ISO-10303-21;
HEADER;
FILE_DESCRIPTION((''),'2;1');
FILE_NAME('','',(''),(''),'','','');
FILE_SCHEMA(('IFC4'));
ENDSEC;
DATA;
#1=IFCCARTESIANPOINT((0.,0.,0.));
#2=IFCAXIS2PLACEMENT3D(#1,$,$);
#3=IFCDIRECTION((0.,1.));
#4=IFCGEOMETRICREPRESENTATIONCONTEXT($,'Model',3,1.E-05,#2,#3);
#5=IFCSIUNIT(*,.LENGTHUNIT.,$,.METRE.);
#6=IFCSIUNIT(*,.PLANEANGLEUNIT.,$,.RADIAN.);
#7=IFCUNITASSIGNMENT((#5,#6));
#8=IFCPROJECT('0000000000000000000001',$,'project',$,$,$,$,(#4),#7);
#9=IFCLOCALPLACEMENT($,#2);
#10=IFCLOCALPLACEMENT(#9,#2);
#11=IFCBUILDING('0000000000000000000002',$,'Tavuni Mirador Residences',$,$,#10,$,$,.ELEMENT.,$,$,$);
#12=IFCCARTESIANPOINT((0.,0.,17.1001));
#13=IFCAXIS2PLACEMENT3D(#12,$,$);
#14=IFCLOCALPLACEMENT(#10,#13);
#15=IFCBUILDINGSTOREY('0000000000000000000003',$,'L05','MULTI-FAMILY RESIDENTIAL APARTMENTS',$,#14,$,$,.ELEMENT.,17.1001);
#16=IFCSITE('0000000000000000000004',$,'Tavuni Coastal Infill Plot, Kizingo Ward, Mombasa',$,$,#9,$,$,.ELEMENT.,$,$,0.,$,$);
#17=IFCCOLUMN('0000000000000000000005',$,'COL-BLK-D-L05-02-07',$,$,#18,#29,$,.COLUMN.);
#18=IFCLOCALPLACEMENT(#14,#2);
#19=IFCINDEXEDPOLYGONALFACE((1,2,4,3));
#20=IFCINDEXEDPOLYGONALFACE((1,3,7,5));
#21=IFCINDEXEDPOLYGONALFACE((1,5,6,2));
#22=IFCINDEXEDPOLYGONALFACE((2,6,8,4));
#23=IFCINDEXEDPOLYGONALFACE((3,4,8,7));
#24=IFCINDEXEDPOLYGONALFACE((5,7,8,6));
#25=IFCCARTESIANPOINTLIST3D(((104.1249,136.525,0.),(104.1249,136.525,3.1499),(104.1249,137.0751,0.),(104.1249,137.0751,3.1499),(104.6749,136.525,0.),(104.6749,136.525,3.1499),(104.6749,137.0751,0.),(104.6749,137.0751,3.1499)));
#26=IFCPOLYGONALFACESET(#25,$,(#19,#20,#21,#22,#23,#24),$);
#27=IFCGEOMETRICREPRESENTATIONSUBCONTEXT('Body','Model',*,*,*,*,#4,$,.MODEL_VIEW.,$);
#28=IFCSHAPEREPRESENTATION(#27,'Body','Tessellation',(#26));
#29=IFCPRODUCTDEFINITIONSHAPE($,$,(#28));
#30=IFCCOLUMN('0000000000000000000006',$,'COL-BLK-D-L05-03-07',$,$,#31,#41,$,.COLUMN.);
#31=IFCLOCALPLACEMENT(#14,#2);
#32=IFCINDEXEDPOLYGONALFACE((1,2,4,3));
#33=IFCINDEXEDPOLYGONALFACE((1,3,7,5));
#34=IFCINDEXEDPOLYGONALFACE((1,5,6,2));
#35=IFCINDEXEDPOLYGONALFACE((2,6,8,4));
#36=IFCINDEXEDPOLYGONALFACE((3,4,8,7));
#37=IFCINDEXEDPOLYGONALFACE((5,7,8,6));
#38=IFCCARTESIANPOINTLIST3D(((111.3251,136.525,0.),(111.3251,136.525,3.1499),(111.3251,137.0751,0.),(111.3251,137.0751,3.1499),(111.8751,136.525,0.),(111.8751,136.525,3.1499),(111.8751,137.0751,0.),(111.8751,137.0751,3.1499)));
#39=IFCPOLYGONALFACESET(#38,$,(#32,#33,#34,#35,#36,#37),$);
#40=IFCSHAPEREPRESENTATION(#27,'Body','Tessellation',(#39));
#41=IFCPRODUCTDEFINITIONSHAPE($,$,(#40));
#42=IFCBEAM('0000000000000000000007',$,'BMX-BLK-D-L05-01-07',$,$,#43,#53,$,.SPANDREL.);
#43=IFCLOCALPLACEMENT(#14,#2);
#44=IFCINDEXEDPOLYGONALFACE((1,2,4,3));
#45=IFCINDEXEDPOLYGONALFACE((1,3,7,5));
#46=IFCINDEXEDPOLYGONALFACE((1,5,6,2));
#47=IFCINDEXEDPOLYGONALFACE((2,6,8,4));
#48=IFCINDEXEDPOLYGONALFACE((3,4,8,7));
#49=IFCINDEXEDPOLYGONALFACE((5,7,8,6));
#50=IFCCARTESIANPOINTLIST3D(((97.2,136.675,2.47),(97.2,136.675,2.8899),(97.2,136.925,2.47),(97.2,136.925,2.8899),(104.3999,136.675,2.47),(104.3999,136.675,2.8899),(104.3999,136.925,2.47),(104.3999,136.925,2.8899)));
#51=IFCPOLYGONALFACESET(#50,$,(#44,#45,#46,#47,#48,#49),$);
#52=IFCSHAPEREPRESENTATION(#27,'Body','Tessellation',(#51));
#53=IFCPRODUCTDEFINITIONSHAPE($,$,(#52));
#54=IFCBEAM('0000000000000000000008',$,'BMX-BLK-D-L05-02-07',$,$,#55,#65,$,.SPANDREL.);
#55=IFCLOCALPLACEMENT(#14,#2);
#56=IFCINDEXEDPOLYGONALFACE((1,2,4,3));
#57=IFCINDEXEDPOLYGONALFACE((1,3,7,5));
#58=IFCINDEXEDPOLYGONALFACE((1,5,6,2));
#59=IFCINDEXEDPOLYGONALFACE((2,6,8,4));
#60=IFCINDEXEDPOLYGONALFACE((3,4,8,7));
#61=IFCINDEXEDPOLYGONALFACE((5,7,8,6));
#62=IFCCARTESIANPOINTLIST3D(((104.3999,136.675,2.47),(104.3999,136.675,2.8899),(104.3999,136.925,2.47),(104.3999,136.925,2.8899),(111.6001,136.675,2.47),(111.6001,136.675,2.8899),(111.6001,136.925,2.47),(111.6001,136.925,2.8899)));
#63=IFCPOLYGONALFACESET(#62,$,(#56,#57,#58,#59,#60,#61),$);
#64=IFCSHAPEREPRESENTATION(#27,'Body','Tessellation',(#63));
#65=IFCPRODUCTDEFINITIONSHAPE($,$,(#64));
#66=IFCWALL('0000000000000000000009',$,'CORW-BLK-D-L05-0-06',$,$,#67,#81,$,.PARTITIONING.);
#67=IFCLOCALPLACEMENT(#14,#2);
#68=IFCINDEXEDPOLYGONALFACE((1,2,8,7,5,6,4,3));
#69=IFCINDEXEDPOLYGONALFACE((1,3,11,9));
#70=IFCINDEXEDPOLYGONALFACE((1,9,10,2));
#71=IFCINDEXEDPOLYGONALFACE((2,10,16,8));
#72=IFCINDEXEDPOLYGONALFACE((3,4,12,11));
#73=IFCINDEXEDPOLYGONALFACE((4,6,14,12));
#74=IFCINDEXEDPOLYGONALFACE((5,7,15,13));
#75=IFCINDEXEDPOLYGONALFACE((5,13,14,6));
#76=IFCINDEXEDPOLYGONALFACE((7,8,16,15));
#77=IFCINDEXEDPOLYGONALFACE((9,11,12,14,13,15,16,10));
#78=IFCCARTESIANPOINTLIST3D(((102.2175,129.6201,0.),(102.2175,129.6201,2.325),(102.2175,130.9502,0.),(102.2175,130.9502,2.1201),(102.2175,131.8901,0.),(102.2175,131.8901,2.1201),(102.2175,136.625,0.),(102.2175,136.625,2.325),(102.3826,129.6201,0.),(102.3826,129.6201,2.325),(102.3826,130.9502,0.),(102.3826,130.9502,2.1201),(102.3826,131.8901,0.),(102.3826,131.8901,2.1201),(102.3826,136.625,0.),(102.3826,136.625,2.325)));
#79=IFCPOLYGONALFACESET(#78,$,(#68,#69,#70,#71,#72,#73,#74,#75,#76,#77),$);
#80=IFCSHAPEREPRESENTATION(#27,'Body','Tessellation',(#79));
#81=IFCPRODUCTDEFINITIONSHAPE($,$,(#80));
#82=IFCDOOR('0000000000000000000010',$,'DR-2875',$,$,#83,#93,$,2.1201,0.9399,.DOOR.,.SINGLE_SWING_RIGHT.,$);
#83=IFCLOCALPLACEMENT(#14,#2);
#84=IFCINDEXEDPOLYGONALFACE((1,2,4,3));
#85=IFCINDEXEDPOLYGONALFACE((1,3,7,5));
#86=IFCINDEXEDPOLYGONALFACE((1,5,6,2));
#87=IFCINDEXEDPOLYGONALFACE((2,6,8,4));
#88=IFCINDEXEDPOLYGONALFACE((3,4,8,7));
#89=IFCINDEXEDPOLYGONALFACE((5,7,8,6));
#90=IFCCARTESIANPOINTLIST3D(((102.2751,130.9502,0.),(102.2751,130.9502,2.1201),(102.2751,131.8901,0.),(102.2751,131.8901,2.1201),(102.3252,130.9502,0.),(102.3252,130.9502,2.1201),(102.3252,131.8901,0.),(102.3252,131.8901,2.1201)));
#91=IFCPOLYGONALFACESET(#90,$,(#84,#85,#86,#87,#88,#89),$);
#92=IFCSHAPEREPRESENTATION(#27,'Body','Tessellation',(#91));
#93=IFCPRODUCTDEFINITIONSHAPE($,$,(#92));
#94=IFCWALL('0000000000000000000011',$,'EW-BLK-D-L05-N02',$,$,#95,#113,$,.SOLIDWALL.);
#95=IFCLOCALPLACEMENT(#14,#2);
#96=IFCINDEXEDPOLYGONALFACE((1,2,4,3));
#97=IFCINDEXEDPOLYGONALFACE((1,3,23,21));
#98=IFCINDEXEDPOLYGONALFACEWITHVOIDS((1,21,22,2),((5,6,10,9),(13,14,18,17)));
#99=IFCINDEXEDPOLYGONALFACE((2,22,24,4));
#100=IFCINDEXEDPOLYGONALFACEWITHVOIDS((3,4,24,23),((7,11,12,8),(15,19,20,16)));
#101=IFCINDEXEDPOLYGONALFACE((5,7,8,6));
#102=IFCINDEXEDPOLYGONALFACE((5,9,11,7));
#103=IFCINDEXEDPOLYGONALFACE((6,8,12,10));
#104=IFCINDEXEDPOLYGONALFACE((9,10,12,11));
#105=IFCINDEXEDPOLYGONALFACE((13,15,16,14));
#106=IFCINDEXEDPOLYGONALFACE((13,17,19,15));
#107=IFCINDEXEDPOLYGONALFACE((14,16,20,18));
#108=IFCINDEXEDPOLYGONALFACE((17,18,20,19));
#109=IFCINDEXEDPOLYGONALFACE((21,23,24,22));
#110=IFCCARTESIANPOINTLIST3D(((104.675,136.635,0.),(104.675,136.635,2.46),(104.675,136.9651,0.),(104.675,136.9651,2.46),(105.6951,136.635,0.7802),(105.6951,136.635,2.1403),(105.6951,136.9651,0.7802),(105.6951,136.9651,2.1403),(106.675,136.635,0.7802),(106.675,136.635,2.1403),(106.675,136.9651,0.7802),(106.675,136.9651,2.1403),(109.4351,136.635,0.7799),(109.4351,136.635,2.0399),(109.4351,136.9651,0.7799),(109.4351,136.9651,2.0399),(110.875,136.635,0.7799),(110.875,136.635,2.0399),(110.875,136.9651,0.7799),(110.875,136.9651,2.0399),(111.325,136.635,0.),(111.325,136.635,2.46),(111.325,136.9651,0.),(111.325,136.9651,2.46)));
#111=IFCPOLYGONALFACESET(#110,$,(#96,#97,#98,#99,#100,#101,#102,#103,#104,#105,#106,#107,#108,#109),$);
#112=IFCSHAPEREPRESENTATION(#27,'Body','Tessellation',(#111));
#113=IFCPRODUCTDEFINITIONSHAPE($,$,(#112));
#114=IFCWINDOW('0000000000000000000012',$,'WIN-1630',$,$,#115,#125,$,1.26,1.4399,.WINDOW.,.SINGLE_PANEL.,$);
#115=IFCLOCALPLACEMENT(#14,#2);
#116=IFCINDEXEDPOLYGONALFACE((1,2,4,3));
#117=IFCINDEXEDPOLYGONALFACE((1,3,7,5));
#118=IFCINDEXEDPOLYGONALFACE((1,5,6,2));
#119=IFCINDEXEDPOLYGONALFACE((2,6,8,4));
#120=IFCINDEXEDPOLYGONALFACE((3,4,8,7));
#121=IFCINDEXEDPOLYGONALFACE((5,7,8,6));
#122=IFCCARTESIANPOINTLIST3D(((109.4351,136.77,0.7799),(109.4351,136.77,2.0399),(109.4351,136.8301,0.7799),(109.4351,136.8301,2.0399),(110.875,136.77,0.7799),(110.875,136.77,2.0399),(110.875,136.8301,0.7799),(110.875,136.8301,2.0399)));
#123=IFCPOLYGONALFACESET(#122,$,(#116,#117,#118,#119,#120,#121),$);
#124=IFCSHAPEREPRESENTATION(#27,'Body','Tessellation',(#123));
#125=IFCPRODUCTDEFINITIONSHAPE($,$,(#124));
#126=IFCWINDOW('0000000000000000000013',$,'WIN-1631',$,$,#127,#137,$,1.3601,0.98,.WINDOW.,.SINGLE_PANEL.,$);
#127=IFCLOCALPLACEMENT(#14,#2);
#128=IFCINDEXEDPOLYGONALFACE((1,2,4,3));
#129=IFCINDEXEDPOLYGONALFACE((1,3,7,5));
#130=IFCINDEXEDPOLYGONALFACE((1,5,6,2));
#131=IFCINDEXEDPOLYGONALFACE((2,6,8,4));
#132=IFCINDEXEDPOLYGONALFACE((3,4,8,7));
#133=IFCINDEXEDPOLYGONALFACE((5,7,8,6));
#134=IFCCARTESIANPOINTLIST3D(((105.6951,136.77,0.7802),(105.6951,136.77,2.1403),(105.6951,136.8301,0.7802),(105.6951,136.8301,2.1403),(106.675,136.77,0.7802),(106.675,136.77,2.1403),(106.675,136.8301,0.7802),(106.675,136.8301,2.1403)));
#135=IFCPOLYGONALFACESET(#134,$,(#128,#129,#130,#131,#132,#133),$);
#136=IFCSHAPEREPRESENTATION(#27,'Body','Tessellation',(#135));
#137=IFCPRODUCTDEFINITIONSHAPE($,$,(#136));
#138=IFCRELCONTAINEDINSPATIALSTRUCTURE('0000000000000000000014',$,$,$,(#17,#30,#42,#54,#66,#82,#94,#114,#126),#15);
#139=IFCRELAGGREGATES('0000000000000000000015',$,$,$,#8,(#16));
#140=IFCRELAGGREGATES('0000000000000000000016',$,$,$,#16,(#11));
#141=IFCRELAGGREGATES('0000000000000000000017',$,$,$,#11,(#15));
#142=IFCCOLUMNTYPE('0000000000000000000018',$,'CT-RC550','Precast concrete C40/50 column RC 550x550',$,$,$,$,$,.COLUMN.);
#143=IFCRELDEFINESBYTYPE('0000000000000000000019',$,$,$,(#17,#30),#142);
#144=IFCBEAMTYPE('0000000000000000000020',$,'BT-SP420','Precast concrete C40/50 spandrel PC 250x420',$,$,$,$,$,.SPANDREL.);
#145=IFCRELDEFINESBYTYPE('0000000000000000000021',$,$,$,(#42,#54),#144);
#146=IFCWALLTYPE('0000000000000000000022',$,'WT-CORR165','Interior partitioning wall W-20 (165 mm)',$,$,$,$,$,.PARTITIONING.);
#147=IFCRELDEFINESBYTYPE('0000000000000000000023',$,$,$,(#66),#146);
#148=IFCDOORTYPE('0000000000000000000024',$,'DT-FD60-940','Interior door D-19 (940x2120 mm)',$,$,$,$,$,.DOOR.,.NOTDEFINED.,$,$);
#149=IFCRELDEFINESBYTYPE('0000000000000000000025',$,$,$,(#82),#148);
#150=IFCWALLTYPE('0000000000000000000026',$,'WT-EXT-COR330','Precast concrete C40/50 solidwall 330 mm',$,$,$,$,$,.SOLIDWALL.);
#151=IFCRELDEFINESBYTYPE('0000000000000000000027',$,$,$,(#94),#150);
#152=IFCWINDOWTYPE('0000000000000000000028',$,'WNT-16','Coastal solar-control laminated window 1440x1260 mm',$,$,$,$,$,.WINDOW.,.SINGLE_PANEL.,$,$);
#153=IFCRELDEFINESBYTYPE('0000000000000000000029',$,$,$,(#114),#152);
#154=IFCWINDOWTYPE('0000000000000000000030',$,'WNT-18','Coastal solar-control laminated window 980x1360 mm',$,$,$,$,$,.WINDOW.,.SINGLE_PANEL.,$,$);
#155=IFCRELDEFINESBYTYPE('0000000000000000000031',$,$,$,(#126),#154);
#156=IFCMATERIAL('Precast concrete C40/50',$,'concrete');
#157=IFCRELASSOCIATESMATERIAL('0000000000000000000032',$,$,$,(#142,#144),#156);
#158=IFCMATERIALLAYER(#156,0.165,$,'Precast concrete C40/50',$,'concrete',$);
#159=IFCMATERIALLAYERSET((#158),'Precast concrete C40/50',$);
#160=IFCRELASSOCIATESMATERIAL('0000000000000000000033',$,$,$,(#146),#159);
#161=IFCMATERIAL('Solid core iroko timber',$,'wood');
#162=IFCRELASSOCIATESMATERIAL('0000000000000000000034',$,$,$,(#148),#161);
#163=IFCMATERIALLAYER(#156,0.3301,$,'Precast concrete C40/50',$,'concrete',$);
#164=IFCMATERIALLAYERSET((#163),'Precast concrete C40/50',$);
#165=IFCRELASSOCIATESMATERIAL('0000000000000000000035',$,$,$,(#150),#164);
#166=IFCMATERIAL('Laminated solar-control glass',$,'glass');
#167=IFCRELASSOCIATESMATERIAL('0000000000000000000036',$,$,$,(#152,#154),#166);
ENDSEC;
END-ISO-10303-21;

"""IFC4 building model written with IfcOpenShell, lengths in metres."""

from ifc_helpers import new_model, si_unit, direction, frame, frame_2d, origin, origin_2d, place, context, subcontext, project, spatial, rectangle, extrude, material, layer, layer_set, material_profile, profile_set, type_object, element, fill, save


model = new_model("IFC4")

# Units and contexts
model_context = context("Model", 3, precision=1e-05, world=origin(), true_north=direction((0.0, 1.0)))
body_context = subcontext(model_context, "Body", "Model", "MODEL_VIEW")
ifc_project = project(units=[si_unit("LENGTHUNIT", "METRE"), si_unit("PLANEANGLEUNIT", "RADIAN")], contexts=[model_context])

# Site, building, storey
site_placement = place(None, origin())
site = spatial("IfcSite", under=ifc_project, at=site_placement, Name="Tavuni Coastal Infill Plot, Kizingo Ward, Mombasa", CompositionType="ELEMENT", RefElevation=0.0)
building_placement = place(site_placement, origin())
building = spatial("IfcBuilding", under=site, at=building_placement, Name="Tavuni Mirador Residences", CompositionType="ELEMENT")
storey_placement = place(building_placement, frame((0.0, 0.0, 17.1001)))
storey = spatial("IfcBuildingStorey", under=building, at=storey_placement, Name="L05", Description="MULTI-FAMILY RESIDENTIAL APARTMENTS", CompositionType="ELEMENT", Elevation=17.1001)

# Columns
ifc_material_1 = material(Name="Precast concrete C40/50", Category="concrete")
ifc_material_profile_1 = material_profile(ifc_material_1, rectangle(XDim=0.55, YDim=0.55, at=origin_2d()), Name="RC 550x550", Category="concrete")
ifc_profile_set_1 = profile_set([ifc_material_profile_1], Name="Precast concrete C40/50")
column_type = type_object("IfcColumnType", Name="CT-RC550", Description="Precast concrete C40/50 column RC 550x550", PredefinedType="COLUMN", material=ifc_profile_set_1)
for number, where, z_axis, x_axis, name in (
    (1, (104.3999, 136.8, 0.0), (0.0, 0.0, 1.0), (1.0, 0.0, 0.0), "COL-BLK-D-L05-02-07"),
    (2, (111.6001, 136.8, 0.0), (0.0, 0.0, 1.0), (1.0, 0.0, 0.0), "COL-BLK-D-L05-03-07"),
):
    element("IfcColumn", number, at=place(storey_placement, frame(where, z_axis=z_axis, x_axis=x_axis)), inside=storey, type_object=column_type, Name=name, PredefinedType="COLUMN", context=body_context, shape_type="SweptSolid", body=[
        extrude(rectangle(XDim=0.55, YDim=0.55, at=origin_2d()), origin(), (0.0, 0.0, 1.0), 3.1499),
    ])

# Beams
ifc_material_profile_2 = material_profile(ifc_material_1, rectangle(XDim=0.25, YDim=0.4199, at=origin_2d()), Name="PC 250x420", Category="concrete")
ifc_profile_set_2 = profile_set([ifc_material_profile_2], Name="Precast concrete C40/50")
beam_type = type_object("IfcBeamType", Name="BT-SP420", Description="Precast concrete C40/50 spandrel PC 250x420", PredefinedType="SPANDREL", material=ifc_profile_set_2)
beam_1_placement = place(storey_placement, frame((97.2, 136.8, 2.6799), z_axis=(1.0, 0.0, 0.0), x_axis=(0.0, 1.0, 0.0)))
element("IfcBeam", 3, at=beam_1_placement, inside=storey, type_object=beam_type, Name="BMX-BLK-D-L05-01-07", PredefinedType="SPANDREL", context=body_context, shape_type="SweptSolid", body=[
    extrude(rectangle(XDim=0.25, YDim=0.4199, at=origin_2d()), origin(), (0.0, 0.0, 1.0), 7.2),
])
beam_2_placement = place(storey_placement, frame((104.3999, 136.8, 2.6799), z_axis=(1.0, 0.0, 0.0), x_axis=(0.0, 1.0, 0.0)))
element("IfcBeam", 4, at=beam_2_placement, inside=storey, type_object=beam_type, Name="BMX-BLK-D-L05-02-07", PredefinedType="SPANDREL", context=body_context, shape_type="SweptSolid", body=[
    extrude(rectangle(XDim=0.25, YDim=0.4199, at=origin_2d()), origin(), (0.0, 0.0, 1.0), 7.2002),
])

# Wall, opening, door
ifc_layer_1 = layer(ifc_material_1, 0.165, Name="Precast concrete C40/50", Category="concrete")
ifc_layer_set_1 = layer_set([ifc_layer_1], Name="Precast concrete C40/50")
wall_type_1 = type_object("IfcWallType", Name="WT-CORR165", Description="Interior partitioning wall W-20 (165 mm)", PredefinedType="PARTITIONING", material=ifc_layer_set_1)
wall_1_placement = place(storey_placement, frame((102.3, 129.6201, 0.0), z_axis=(0.0, 0.0, 1.0), x_axis=(0.0, 1.0, 0.0)))
wall_1 = element("IfcWall", 5, at=wall_1_placement, inside=storey, type_object=wall_type_1, Name="CORW-BLK-D-L05-0-06", PredefinedType="PARTITIONING", context=body_context, shape_type="SweptSolid", body=[
    extrude(rectangle(XDim=7.0049, YDim=0.165, at=frame_2d((3.5024, 0.0))), origin(), (0.0, 0.0, 1.0), 2.325),
])
opening_1_placement = place(wall_1_placement, frame((1.3301, 0.0, 0.0)))
opening_1 = element("IfcOpeningElement", 6, at=opening_1_placement, cuts=wall_1, PredefinedType="OPENING", context=body_context, shape_type="SweptSolid", body=[
    extrude(rectangle(XDim=0.9399, YDim=2.1201, at=frame_2d((0.47, 1.0601))), frame((0.0, 0.0925, 0.0), z_axis=(0.0, -1.0, 0.0), x_axis=(1.0, 0.0, 0.0)), (0.0, 0.0, 1.0), 0.1851),
])
ifc_material_2 = material(Name="Solid core iroko timber", Category="wood")
door_type_1 = type_object("IfcDoorType", Name="DT-FD60-940", Description="Interior door D-19 (940x2120 mm)", OperationType="NOTDEFINED", PredefinedType="DOOR", material=ifc_material_2)
door_1_placement = place(opening_1_placement, origin())
door_1 = element("IfcDoor", 7, at=door_1_placement, inside=storey, type_object=door_type_1, Name="DR-2875", OperationType="SINGLE_SWING_RIGHT", OverallHeight=2.1201, OverallWidth=0.9399, PredefinedType="DOOR", context=body_context, shape_type="SweptSolid", body=[
    extrude(rectangle(XDim=0.9399, YDim=2.1201, at=frame_2d((0.47, 1.0601))), frame((0.0, 0.0249, 0.0), z_axis=(0.0, -1.0, 0.0), x_axis=(1.0, 0.0, 0.0)), (0.0, 0.0, 1.0), 0.05),
])
fill(opening_1, door_1)

# Wall, openings, windows
ifc_layer_2 = layer(ifc_material_1, 0.3301, Name="Precast concrete C40/50", Category="concrete")
ifc_layer_set_2 = layer_set([ifc_layer_2], Name="Precast concrete C40/50")
wall_type_2 = type_object("IfcWallType", Name="WT-EXT-COR330", Description="Precast concrete C40/50 solidwall 330 mm", PredefinedType="SOLIDWALL", material=ifc_layer_set_2)
wall_2_placement = place(storey_placement, frame((111.325, 136.8, 0.0), z_axis=(0.0, 0.0, 1.0), x_axis=(-1.0, 0.0, 0.0)))
wall_2 = element("IfcWall", 8, at=wall_2_placement, inside=storey, type_object=wall_type_2, Name="EW-BLK-D-L05-N02", PredefinedType="SOLIDWALL", context=body_context, shape_type="SweptSolid", body=[
    extrude(rectangle(XDim=6.6499, YDim=0.3301, at=frame_2d((3.325, 0.0))), origin(), (0.0, 0.0, 1.0), 2.46),
])
opening_2_placement = place(wall_2_placement, frame((0.45, 0.0, 0.78)))
opening_2 = element("IfcOpeningElement", 9, at=opening_2_placement, cuts=wall_2, PredefinedType="OPENING", context=body_context, shape_type="SweptSolid", body=[
    extrude(rectangle(XDim=1.4399, YDim=1.26, at=frame_2d((0.72, 0.6299))), frame((0.0, 0.175, 0.0), z_axis=(0.0, -1.0, 0.0), x_axis=(1.0, 0.0, 0.0)), (0.0, 0.0, 1.0), 0.3501),
])
opening_3_placement = place(wall_2_placement, frame((4.6499, 0.0, 0.78)))
opening_3 = element("IfcOpeningElement", 10, at=opening_3_placement, cuts=wall_2, PredefinedType="OPENING", context=body_context, shape_type="SweptSolid", body=[
    extrude(rectangle(XDim=0.98, YDim=1.3601, at=frame_2d((0.49, 0.6802))), frame((0.0, 0.175, 0.0), z_axis=(0.0, -1.0, 0.0), x_axis=(1.0, 0.0, 0.0)), (0.0, 0.0, 1.0), 0.3501),
])
ifc_material_3 = material(Name="Laminated solar-control glass", Category="glass")
window_type_1 = type_object("IfcWindowType", Name="WNT-16", Description="Coastal solar-control laminated window 1440x1260 mm", PartitioningType="SINGLE_PANEL", PredefinedType="WINDOW", material=ifc_material_3)
window_1_placement = place(opening_2_placement, origin())
window_1 = element("IfcWindow", 11, at=window_1_placement, inside=storey, type_object=window_type_1, Name="WIN-1630", OverallHeight=1.26, OverallWidth=1.4399, PartitioningType="SINGLE_PANEL", PredefinedType="WINDOW", context=body_context, shape_type="SweptSolid", body=[
    extrude(rectangle(XDim=1.4399, YDim=1.26, at=frame_2d((0.72, 0.6299))), frame((0.0, 0.03, 0.0), z_axis=(0.0, -1.0, 0.0), x_axis=(1.0, 0.0, 0.0)), (0.0, 0.0, 1.0), 0.0601),
])
fill(opening_2, window_1)
window_type_2 = type_object("IfcWindowType", Name="WNT-18", Description="Coastal solar-control laminated window 980x1360 mm", PartitioningType="SINGLE_PANEL", PredefinedType="WINDOW", material=ifc_material_3)
window_2_placement = place(opening_3_placement, origin())
window_2 = element("IfcWindow", 12, at=window_2_placement, inside=storey, type_object=window_type_2, Name="WIN-1631", OverallHeight=1.3601, OverallWidth=0.98, PartitioningType="SINGLE_PANEL", PredefinedType="WINDOW", context=body_context, shape_type="SweptSolid", body=[
    extrude(rectangle(XDim=0.98, YDim=1.3601, at=frame_2d((0.49, 0.6802))), frame((0.0, 0.03, 0.0), z_axis=(0.0, -1.0, 0.0), x_axis=(1.0, 0.0, 0.0)), (0.0, 0.0, 1.0), 0.0601),
])
fill(opening_3, window_2)

save(model, "model.ifc")
